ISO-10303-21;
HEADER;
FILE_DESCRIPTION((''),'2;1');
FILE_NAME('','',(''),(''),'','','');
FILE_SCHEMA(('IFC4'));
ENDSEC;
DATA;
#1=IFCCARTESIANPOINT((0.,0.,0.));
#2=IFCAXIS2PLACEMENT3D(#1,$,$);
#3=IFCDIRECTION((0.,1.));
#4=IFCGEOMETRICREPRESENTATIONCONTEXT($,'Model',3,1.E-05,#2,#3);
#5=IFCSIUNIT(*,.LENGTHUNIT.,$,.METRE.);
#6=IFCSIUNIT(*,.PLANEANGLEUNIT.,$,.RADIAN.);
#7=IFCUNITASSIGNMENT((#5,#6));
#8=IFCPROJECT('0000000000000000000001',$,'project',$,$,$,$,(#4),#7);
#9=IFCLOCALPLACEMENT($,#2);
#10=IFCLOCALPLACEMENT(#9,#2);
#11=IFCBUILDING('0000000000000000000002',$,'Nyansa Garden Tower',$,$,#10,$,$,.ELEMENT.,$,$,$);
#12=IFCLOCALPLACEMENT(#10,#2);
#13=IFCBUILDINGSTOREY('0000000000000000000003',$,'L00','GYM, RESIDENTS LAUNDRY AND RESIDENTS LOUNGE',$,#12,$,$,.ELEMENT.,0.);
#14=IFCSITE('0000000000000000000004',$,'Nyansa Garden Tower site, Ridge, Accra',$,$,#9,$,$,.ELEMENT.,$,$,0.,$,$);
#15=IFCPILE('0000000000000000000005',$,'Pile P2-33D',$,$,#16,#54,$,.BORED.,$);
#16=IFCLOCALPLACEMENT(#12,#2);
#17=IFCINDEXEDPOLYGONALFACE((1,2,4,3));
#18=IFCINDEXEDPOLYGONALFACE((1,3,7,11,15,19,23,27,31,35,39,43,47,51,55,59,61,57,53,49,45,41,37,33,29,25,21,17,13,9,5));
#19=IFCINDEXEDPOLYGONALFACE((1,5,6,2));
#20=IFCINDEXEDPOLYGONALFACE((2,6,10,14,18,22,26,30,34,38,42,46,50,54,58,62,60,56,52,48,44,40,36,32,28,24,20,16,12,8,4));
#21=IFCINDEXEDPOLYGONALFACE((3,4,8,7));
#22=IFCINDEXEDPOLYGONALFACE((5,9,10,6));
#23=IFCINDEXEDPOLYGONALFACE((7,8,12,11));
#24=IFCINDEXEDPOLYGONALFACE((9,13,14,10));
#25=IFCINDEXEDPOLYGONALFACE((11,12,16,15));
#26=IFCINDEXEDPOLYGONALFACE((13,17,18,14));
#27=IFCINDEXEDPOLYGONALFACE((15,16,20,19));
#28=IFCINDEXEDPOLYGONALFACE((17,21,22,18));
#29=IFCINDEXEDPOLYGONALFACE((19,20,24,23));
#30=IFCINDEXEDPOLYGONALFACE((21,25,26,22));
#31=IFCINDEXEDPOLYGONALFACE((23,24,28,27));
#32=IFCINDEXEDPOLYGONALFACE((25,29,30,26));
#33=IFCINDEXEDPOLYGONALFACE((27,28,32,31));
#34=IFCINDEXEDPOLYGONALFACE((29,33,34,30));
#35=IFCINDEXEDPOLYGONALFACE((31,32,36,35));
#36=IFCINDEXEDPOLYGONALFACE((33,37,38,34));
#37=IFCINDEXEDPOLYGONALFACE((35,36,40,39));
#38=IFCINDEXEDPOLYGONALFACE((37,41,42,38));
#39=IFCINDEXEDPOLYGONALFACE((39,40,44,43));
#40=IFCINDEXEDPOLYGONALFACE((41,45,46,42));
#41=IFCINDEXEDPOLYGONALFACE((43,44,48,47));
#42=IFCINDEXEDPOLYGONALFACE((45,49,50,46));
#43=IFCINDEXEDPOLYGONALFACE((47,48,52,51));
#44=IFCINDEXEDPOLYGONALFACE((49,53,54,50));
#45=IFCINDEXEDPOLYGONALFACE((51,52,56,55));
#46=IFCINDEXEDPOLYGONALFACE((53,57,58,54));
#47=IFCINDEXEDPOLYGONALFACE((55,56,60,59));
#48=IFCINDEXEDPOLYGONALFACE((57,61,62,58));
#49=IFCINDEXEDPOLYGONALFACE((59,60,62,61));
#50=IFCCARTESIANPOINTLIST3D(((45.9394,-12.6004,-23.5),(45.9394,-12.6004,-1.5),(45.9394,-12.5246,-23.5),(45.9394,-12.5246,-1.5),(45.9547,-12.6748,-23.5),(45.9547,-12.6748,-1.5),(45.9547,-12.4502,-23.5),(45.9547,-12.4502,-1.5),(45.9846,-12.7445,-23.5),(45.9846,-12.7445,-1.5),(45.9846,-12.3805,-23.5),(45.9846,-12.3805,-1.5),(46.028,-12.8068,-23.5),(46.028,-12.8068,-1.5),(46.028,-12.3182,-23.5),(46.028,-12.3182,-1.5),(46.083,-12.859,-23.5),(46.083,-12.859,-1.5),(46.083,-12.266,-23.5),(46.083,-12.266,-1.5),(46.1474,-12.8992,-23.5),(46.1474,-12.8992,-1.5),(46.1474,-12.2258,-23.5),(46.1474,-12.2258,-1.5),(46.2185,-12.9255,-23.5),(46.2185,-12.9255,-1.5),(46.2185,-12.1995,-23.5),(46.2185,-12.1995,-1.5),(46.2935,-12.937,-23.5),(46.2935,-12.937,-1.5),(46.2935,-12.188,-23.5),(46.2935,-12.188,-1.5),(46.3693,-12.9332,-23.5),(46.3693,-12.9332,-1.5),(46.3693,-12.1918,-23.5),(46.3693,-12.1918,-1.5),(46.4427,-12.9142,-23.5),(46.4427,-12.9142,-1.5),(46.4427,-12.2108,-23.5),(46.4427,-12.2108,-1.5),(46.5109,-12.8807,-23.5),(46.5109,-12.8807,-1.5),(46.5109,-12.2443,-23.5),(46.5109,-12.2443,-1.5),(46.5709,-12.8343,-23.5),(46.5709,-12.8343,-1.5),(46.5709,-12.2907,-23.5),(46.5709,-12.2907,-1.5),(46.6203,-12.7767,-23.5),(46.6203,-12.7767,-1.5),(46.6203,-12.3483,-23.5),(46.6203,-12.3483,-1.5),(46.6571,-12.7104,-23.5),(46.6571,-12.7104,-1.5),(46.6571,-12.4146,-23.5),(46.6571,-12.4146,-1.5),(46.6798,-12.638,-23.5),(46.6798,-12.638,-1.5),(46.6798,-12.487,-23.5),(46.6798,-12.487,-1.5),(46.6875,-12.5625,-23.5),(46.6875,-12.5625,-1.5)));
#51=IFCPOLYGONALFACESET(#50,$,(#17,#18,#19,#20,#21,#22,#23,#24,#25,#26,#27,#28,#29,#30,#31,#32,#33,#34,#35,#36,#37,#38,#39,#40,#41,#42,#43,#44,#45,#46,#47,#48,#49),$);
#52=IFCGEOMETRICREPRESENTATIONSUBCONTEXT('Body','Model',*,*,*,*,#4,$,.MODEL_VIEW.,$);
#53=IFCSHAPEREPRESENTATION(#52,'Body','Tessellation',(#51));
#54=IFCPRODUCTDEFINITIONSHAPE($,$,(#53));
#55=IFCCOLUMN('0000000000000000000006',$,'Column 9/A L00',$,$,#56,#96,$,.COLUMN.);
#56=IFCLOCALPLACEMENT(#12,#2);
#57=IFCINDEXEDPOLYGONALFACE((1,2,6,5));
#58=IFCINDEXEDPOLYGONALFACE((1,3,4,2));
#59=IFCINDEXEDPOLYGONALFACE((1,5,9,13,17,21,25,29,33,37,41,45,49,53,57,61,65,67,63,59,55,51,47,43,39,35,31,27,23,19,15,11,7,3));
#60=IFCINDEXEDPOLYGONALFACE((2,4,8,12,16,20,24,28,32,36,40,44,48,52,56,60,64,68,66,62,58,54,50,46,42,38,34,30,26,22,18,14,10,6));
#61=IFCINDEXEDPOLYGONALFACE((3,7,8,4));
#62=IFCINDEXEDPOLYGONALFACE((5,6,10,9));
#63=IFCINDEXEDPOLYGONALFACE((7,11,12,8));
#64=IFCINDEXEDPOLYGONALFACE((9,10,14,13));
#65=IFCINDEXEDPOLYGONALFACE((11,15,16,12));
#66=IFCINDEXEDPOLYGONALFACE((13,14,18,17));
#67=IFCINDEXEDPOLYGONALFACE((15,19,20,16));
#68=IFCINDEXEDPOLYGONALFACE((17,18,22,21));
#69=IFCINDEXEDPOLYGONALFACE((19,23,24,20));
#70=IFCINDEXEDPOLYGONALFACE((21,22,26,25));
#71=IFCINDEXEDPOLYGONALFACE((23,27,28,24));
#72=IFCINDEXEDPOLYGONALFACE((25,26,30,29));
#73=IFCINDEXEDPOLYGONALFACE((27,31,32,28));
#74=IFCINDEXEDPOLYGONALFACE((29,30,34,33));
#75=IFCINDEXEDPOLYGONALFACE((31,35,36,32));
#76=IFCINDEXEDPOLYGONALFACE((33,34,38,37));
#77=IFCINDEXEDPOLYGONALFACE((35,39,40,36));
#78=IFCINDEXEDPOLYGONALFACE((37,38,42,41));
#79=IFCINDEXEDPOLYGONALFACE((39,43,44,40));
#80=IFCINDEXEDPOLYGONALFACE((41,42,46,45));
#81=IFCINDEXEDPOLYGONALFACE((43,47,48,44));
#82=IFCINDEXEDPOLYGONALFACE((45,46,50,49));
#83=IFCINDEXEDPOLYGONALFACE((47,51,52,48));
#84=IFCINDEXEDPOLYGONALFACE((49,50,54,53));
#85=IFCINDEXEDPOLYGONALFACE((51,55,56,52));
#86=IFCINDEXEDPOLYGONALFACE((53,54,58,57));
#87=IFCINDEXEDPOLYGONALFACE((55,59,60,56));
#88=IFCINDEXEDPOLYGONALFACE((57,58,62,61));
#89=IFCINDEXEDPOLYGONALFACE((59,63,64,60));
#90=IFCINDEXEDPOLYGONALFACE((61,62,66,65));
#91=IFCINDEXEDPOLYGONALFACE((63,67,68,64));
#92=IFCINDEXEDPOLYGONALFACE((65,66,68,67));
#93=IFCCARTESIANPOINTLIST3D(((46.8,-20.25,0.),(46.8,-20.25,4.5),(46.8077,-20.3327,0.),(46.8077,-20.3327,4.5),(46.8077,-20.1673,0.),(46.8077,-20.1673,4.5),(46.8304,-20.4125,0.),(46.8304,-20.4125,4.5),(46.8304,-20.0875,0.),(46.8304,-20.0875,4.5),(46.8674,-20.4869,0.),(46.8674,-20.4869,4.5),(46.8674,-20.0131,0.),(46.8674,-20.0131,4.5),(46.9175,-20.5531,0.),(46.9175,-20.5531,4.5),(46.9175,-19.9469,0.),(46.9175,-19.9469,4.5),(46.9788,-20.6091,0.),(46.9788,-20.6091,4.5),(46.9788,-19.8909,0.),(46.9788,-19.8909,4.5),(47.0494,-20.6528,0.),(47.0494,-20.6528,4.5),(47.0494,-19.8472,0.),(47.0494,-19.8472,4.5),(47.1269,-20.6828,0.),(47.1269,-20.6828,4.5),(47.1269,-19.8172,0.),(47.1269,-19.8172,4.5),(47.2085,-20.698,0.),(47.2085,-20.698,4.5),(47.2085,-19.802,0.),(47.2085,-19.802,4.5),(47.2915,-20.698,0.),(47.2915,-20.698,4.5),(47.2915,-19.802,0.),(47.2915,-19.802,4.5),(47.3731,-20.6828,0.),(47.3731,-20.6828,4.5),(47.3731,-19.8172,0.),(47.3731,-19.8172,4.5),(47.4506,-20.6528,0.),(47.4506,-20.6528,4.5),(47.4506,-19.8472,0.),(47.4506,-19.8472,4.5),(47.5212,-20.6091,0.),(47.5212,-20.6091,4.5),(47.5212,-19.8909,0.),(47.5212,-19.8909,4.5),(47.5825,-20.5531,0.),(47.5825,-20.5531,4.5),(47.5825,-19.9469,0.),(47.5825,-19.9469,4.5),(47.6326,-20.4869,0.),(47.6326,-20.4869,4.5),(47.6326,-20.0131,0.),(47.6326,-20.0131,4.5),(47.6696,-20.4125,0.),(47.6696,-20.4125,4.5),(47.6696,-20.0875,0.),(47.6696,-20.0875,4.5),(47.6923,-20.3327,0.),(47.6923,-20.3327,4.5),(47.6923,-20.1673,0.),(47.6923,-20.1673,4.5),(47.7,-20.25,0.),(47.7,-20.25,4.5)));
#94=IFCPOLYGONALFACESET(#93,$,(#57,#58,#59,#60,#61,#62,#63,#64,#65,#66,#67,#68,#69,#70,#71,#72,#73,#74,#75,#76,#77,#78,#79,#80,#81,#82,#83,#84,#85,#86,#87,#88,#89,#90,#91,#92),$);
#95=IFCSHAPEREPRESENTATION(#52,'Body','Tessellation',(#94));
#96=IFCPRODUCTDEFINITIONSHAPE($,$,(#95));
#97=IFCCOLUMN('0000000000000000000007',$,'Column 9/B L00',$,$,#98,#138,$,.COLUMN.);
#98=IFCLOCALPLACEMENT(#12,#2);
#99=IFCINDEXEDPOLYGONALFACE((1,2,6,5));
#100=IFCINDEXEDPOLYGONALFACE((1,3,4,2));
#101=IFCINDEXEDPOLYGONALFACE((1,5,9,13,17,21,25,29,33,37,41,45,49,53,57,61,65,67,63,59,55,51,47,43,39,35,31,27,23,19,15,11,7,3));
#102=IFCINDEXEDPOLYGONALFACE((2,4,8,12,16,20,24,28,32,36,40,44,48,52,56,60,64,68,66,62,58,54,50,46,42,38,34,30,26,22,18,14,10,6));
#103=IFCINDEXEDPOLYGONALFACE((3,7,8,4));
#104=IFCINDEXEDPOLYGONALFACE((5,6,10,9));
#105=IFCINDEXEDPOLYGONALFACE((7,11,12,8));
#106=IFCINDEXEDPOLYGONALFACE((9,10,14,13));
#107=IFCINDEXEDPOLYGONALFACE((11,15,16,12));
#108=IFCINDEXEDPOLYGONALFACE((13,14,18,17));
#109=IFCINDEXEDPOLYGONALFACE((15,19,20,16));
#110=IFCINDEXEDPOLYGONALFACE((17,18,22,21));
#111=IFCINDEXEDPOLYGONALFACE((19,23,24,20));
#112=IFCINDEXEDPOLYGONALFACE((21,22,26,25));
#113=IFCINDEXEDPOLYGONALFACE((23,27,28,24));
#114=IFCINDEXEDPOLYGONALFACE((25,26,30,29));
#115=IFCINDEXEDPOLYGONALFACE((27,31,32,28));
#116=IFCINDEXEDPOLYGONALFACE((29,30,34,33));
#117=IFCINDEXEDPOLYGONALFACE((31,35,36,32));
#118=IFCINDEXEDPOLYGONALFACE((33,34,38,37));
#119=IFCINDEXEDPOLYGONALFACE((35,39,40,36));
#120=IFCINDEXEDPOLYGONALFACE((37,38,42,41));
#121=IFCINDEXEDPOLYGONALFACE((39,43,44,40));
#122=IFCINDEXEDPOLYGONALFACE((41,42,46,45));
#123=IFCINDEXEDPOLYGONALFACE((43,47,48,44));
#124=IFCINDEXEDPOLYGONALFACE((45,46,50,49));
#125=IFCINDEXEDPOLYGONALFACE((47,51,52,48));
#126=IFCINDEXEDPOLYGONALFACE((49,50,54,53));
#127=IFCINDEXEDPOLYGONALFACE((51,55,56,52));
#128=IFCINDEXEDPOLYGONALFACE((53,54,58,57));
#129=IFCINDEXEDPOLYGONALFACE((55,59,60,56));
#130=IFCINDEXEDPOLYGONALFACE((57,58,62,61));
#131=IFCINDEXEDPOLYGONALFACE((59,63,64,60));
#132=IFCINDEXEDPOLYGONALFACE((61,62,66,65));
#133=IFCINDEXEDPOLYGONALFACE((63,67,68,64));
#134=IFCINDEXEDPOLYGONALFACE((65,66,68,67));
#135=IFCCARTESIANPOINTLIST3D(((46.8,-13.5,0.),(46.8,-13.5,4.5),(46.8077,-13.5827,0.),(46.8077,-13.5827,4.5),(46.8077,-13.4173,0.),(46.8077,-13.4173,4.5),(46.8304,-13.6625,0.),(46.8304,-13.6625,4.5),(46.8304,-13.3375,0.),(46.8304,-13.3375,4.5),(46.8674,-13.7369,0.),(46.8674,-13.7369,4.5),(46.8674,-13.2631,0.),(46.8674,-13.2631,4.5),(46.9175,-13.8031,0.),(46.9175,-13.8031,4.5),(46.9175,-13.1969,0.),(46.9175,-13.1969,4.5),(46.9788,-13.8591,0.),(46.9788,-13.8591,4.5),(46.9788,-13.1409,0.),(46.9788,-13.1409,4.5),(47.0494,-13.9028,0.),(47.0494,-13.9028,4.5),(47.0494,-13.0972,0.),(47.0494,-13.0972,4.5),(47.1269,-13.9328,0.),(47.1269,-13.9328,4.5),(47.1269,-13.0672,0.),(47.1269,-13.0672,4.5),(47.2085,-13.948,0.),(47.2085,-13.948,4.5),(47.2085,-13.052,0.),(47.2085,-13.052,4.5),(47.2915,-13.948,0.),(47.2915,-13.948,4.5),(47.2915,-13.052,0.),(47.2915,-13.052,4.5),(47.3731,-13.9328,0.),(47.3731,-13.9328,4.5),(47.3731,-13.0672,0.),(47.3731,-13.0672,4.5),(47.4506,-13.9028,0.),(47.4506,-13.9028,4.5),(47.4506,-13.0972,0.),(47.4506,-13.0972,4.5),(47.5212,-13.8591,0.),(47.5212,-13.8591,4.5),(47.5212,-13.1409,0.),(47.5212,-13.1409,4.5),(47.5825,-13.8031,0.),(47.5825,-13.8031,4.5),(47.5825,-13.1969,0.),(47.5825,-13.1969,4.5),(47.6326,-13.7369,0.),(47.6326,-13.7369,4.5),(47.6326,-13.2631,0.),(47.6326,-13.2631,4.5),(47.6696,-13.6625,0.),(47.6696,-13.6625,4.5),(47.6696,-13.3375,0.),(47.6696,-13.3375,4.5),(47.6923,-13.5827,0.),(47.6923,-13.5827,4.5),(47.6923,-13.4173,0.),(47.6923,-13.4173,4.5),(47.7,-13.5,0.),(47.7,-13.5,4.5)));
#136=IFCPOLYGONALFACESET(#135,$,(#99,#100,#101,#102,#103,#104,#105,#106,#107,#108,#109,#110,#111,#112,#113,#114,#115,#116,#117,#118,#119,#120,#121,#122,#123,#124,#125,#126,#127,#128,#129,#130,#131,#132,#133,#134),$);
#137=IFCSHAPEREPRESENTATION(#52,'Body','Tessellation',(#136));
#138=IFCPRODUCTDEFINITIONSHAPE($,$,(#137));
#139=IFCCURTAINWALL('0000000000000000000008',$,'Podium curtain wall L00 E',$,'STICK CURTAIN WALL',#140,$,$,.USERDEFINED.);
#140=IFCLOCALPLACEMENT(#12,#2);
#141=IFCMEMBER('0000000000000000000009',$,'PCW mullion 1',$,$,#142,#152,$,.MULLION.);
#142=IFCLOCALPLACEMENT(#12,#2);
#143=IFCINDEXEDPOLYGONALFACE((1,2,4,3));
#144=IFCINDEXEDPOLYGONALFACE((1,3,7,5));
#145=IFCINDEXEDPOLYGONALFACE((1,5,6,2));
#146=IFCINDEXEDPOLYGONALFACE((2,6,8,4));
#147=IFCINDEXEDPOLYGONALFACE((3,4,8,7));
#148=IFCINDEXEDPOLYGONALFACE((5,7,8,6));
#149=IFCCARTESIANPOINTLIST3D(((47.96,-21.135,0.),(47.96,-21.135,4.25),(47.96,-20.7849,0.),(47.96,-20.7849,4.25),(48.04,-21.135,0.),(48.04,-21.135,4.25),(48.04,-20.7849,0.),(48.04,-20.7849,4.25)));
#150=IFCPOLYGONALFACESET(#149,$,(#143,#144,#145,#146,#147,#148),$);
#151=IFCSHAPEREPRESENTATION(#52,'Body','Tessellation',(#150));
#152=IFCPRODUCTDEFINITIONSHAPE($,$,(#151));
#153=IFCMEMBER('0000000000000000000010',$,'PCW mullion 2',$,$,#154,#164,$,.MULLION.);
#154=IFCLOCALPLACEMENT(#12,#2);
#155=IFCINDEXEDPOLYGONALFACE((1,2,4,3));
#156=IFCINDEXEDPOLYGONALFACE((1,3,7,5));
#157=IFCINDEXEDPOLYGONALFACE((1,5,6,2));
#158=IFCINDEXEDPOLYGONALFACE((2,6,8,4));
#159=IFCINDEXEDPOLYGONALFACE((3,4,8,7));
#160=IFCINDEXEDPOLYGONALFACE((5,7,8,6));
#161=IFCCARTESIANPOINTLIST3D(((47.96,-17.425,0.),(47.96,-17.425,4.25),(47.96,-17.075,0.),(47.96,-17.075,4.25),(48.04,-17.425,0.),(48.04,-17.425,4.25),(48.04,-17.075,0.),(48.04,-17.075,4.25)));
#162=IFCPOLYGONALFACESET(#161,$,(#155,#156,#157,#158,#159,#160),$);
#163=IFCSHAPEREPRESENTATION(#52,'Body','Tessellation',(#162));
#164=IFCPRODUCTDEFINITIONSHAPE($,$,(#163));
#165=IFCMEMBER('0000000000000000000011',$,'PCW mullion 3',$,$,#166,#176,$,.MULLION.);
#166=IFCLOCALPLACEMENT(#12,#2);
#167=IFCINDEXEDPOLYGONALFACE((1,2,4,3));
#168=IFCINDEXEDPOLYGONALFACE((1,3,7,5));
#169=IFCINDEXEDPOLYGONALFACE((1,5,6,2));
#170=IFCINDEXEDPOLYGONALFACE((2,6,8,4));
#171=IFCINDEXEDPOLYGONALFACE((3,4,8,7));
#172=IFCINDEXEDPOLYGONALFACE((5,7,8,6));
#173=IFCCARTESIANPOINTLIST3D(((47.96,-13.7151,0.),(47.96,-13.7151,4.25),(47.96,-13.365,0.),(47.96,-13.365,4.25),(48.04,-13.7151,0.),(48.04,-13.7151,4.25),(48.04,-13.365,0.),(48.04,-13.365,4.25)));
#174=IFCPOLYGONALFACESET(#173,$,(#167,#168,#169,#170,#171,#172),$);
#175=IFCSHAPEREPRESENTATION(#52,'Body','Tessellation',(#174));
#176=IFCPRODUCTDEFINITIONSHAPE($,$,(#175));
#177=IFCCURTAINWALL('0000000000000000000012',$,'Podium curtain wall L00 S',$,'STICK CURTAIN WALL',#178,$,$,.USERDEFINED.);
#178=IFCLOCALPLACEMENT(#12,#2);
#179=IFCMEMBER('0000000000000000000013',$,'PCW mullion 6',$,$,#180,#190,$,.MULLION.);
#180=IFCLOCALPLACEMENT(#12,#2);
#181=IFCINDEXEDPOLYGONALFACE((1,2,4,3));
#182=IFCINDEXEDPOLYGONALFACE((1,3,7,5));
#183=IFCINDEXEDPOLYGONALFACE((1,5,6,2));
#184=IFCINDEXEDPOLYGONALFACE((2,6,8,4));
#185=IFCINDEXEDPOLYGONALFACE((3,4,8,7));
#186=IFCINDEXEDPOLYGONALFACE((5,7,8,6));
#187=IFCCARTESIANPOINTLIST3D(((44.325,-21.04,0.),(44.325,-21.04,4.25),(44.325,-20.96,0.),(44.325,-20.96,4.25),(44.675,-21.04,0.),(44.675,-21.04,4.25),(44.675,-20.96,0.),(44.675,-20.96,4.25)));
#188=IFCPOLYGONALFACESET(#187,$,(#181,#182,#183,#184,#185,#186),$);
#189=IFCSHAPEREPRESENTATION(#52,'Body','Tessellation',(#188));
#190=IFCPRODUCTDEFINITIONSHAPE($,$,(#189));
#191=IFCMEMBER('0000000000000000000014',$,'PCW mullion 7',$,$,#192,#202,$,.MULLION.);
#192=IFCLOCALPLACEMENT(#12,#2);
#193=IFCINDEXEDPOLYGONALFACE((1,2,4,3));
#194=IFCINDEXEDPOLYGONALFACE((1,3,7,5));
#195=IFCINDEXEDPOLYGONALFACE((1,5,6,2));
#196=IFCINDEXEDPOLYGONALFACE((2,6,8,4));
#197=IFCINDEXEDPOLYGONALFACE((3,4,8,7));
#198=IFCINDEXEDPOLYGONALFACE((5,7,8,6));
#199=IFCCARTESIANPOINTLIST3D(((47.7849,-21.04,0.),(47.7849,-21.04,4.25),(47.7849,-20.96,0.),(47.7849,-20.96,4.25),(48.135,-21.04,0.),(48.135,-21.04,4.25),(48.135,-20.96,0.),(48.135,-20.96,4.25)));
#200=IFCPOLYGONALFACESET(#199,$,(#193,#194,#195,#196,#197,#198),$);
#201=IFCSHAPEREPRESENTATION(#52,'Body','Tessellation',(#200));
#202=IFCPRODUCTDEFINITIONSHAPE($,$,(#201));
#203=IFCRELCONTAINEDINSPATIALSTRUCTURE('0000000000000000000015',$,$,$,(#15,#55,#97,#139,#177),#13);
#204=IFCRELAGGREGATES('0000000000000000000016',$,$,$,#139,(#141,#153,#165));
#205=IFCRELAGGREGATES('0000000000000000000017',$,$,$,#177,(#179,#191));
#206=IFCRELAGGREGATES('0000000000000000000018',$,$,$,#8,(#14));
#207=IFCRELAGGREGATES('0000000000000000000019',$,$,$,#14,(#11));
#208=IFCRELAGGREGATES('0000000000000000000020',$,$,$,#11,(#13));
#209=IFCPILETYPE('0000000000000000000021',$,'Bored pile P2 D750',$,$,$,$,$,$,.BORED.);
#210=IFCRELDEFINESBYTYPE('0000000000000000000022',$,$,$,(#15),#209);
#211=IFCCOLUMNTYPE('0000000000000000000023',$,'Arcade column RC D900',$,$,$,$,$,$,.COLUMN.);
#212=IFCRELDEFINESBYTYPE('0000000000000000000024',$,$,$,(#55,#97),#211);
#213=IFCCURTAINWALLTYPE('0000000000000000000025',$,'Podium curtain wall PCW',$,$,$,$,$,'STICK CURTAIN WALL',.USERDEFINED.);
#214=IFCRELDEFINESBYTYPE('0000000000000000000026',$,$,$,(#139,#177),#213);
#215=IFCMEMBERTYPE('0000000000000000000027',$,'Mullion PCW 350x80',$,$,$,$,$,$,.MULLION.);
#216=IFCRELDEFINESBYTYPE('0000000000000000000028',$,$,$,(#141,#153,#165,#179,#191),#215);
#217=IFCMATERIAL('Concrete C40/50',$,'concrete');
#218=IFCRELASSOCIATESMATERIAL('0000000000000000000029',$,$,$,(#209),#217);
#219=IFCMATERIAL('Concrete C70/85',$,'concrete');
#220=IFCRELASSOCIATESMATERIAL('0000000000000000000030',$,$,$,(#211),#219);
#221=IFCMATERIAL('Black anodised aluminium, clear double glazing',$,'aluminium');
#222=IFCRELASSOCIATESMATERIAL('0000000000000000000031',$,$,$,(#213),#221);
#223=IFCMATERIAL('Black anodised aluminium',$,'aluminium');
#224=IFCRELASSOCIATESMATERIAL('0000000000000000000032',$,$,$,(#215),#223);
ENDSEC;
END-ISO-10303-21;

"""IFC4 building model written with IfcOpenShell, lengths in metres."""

from ifc_helpers import new_model, si_unit, direction, frame, origin, origin_2d, place, context, subcontext, project, spatial, rectangle, circle, extrude, material, material_profile, profile_set, type_object, element, aggregate, save


model = new_model("IFC4")

# Units and contexts
model_context = context("Model", 3, precision=1e-05, world=origin(), true_north=direction((0.0, 1.0)))
body_context = subcontext(model_context, "Body", "Model", "MODEL_VIEW")
ifc_project = project(units=[si_unit("LENGTHUNIT", "METRE"), si_unit("PLANEANGLEUNIT", "RADIAN")], contexts=[model_context])

# Site, building, storey
site_placement = place(None, origin())
site = spatial("IfcSite", under=ifc_project, at=site_placement, Name="Nyansa Garden Tower site, Ridge, Accra", CompositionType="ELEMENT", RefElevation=0.0)
building_placement = place(site_placement, origin())
building = spatial("IfcBuilding", under=site, at=building_placement, Name="Nyansa Garden Tower", CompositionType="ELEMENT")
storey_placement = place(building_placement, origin())
storey = spatial("IfcBuildingStorey", under=building, at=storey_placement, Name="L00", Description="GYM, RESIDENTS LAUNDRY AND RESIDENTS LOUNGE", CompositionType="ELEMENT", Elevation=0.0)

# Pile
ifc_material_1 = material(Name="Concrete C40/50", Category="concrete")
pile_type = type_object("IfcPileType", Name="Bored pile P2 D750", PredefinedType="BORED", material=ifc_material_1)
for number, where, z_axis, x_axis, name in (
    (1, (46.3125, -12.5625, -1.5), (0.0, 0.0, -1.0), (1.0, 0.0, 0.0), "Pile P2-33D"),
):
    element("IfcPile", number, at=place(storey_placement, frame(where, z_axis=z_axis, x_axis=x_axis)), inside=storey, type_object=pile_type, Name=name, PredefinedType="BORED", context=body_context, shape_type="SweptSolid", body=[
        extrude(circle(Radius=0.375, at=origin_2d()), origin(), (0.0, 0.0, 1.0), 22.0),
    ])

# Columns
ifc_material_2 = material(Name="Concrete C70/85", Category="concrete")
ifc_material_profile_1 = material_profile(ifc_material_2, circle(Radius=0.45, at=origin_2d()), Name="RC D900")
ifc_profile_set_1 = profile_set([ifc_material_profile_1], Name="Concrete C70/85")
column_type = type_object("IfcColumnType", Name="Arcade column RC D900", PredefinedType="COLUMN", material=ifc_profile_set_1)
for number, where, z_axis, x_axis, name in (
    (2, (47.25, -20.25, 0.0), (0.0, 0.0, 1.0), (1.0, 0.0, 0.0), "Column 9/A L00"),
    (3, (47.25, -13.5, 0.0), (0.0, 0.0, 1.0), (1.0, 0.0, 0.0), "Column 9/B L00"),
):
    element("IfcColumn", number, at=place(storey_placement, frame(where, z_axis=z_axis, x_axis=x_axis)), inside=storey, type_object=column_type, Name=name, PredefinedType="COLUMN", context=body_context, shape_type="SweptSolid", body=[
        extrude(circle(Radius=0.45, at=origin_2d()), origin(), (0.0, 0.0, 1.0), 4.5),
    ])

# Curtain walls, members
ifc_material_3 = material(Name="Black anodised aluminium, clear double glazing", Category="aluminium")
curtain_wall_type = type_object("IfcCurtainWallType", Name="Podium curtain wall PCW", ElementType="STICK CURTAIN WALL", PredefinedType="USERDEFINED", material=ifc_material_3)
curtain_wall_1_placement = place(storey_placement, origin())
curtain_wall_1 = element("IfcCurtainWall", 4, at=curtain_wall_1_placement, inside=storey, type_object=curtain_wall_type, Name="Podium curtain wall L00 E", ObjectType="STICK CURTAIN WALL", PredefinedType="USERDEFINED")
ifc_material_4 = material(Name="Black anodised aluminium", Category="aluminium")
ifc_material_profile_2 = material_profile(ifc_material_4, rectangle(XDim=0.0801, YDim=0.3501, at=origin_2d()), Name="Mullion 350x80")
ifc_profile_set_2 = profile_set([ifc_material_profile_2], Name="Black anodised aluminium")
member_type_1 = type_object("IfcMemberType", Name="Mullion PCW 350x80", PredefinedType="MULLION", material=ifc_profile_set_2)
member_1_placement = place(storey_placement, frame((48.0, -20.96, 0.0), z_axis=(0.0, 0.0, 1.0), x_axis=(-1.0, 0.0, 0.0)))
member_1 = element("IfcMember", 5, at=member_1_placement, type_object=member_type_1, Name="PCW mullion 1", PredefinedType="MULLION", context=body_context, shape_type="SweptSolid", body=[
    extrude(rectangle(XDim=0.0801, YDim=0.3501, at=origin_2d()), origin(), (0.0, 0.0, 1.0), 4.25),
])
member_2_placement = place(storey_placement, frame((48.0, -17.25, 0.0), z_axis=(0.0, 0.0, 1.0), x_axis=(-1.0, 0.0, 0.0)))
member_2 = element("IfcMember", 6, at=member_2_placement, type_object=member_type_1, Name="PCW mullion 2", PredefinedType="MULLION", context=body_context, shape_type="SweptSolid", body=[
    extrude(rectangle(XDim=0.0801, YDim=0.3501, at=origin_2d()), origin(), (0.0, 0.0, 1.0), 4.25),
])
member_3_placement = place(storey_placement, frame((48.0, -13.54, 0.0), z_axis=(0.0, 0.0, 1.0), x_axis=(-1.0, 0.0, 0.0)))
member_3 = element("IfcMember", 7, at=member_3_placement, type_object=member_type_1, Name="PCW mullion 3", PredefinedType="MULLION", context=body_context, shape_type="SweptSolid", body=[
    extrude(rectangle(XDim=0.0801, YDim=0.3501, at=origin_2d()), origin(), (0.0, 0.0, 1.0), 4.25),
])
curtain_wall_2_placement = place(storey_placement, origin())
curtain_wall_2 = element("IfcCurtainWall", 8, at=curtain_wall_2_placement, inside=storey, type_object=curtain_wall_type, Name="Podium curtain wall L00 S", ObjectType="STICK CURTAIN WALL", PredefinedType="USERDEFINED")
member_4_placement = place(storey_placement, frame((44.5, -21.0, 0.0), z_axis=(0.0, 0.0, 1.0), x_axis=(0.0, 1.0, 0.0)))
member_4 = element("IfcMember", 9, at=member_4_placement, type_object=member_type_1, Name="PCW mullion 6", PredefinedType="MULLION", context=body_context, shape_type="SweptSolid", body=[
    extrude(rectangle(XDim=0.0801, YDim=0.3501, at=origin_2d()), origin(), (0.0, 0.0, 1.0), 4.25),
])
member_5_placement = place(storey_placement, frame((47.96, -21.0, 0.0), z_axis=(0.0, 0.0, 1.0), x_axis=(0.0, 1.0, 0.0)))
member_5 = element("IfcMember", 10, at=member_5_placement, type_object=member_type_1, Name="PCW mullion 7", PredefinedType="MULLION", context=body_context, shape_type="SweptSolid", body=[
    extrude(rectangle(XDim=0.0801, YDim=0.3501, at=origin_2d()), origin(), (0.0, 0.0, 1.0), 4.25),
])

aggregate(curtain_wall_1, [member_1, member_2, member_3])
aggregate(curtain_wall_2, [member_4, member_5])

save(model, "model.ifc")
